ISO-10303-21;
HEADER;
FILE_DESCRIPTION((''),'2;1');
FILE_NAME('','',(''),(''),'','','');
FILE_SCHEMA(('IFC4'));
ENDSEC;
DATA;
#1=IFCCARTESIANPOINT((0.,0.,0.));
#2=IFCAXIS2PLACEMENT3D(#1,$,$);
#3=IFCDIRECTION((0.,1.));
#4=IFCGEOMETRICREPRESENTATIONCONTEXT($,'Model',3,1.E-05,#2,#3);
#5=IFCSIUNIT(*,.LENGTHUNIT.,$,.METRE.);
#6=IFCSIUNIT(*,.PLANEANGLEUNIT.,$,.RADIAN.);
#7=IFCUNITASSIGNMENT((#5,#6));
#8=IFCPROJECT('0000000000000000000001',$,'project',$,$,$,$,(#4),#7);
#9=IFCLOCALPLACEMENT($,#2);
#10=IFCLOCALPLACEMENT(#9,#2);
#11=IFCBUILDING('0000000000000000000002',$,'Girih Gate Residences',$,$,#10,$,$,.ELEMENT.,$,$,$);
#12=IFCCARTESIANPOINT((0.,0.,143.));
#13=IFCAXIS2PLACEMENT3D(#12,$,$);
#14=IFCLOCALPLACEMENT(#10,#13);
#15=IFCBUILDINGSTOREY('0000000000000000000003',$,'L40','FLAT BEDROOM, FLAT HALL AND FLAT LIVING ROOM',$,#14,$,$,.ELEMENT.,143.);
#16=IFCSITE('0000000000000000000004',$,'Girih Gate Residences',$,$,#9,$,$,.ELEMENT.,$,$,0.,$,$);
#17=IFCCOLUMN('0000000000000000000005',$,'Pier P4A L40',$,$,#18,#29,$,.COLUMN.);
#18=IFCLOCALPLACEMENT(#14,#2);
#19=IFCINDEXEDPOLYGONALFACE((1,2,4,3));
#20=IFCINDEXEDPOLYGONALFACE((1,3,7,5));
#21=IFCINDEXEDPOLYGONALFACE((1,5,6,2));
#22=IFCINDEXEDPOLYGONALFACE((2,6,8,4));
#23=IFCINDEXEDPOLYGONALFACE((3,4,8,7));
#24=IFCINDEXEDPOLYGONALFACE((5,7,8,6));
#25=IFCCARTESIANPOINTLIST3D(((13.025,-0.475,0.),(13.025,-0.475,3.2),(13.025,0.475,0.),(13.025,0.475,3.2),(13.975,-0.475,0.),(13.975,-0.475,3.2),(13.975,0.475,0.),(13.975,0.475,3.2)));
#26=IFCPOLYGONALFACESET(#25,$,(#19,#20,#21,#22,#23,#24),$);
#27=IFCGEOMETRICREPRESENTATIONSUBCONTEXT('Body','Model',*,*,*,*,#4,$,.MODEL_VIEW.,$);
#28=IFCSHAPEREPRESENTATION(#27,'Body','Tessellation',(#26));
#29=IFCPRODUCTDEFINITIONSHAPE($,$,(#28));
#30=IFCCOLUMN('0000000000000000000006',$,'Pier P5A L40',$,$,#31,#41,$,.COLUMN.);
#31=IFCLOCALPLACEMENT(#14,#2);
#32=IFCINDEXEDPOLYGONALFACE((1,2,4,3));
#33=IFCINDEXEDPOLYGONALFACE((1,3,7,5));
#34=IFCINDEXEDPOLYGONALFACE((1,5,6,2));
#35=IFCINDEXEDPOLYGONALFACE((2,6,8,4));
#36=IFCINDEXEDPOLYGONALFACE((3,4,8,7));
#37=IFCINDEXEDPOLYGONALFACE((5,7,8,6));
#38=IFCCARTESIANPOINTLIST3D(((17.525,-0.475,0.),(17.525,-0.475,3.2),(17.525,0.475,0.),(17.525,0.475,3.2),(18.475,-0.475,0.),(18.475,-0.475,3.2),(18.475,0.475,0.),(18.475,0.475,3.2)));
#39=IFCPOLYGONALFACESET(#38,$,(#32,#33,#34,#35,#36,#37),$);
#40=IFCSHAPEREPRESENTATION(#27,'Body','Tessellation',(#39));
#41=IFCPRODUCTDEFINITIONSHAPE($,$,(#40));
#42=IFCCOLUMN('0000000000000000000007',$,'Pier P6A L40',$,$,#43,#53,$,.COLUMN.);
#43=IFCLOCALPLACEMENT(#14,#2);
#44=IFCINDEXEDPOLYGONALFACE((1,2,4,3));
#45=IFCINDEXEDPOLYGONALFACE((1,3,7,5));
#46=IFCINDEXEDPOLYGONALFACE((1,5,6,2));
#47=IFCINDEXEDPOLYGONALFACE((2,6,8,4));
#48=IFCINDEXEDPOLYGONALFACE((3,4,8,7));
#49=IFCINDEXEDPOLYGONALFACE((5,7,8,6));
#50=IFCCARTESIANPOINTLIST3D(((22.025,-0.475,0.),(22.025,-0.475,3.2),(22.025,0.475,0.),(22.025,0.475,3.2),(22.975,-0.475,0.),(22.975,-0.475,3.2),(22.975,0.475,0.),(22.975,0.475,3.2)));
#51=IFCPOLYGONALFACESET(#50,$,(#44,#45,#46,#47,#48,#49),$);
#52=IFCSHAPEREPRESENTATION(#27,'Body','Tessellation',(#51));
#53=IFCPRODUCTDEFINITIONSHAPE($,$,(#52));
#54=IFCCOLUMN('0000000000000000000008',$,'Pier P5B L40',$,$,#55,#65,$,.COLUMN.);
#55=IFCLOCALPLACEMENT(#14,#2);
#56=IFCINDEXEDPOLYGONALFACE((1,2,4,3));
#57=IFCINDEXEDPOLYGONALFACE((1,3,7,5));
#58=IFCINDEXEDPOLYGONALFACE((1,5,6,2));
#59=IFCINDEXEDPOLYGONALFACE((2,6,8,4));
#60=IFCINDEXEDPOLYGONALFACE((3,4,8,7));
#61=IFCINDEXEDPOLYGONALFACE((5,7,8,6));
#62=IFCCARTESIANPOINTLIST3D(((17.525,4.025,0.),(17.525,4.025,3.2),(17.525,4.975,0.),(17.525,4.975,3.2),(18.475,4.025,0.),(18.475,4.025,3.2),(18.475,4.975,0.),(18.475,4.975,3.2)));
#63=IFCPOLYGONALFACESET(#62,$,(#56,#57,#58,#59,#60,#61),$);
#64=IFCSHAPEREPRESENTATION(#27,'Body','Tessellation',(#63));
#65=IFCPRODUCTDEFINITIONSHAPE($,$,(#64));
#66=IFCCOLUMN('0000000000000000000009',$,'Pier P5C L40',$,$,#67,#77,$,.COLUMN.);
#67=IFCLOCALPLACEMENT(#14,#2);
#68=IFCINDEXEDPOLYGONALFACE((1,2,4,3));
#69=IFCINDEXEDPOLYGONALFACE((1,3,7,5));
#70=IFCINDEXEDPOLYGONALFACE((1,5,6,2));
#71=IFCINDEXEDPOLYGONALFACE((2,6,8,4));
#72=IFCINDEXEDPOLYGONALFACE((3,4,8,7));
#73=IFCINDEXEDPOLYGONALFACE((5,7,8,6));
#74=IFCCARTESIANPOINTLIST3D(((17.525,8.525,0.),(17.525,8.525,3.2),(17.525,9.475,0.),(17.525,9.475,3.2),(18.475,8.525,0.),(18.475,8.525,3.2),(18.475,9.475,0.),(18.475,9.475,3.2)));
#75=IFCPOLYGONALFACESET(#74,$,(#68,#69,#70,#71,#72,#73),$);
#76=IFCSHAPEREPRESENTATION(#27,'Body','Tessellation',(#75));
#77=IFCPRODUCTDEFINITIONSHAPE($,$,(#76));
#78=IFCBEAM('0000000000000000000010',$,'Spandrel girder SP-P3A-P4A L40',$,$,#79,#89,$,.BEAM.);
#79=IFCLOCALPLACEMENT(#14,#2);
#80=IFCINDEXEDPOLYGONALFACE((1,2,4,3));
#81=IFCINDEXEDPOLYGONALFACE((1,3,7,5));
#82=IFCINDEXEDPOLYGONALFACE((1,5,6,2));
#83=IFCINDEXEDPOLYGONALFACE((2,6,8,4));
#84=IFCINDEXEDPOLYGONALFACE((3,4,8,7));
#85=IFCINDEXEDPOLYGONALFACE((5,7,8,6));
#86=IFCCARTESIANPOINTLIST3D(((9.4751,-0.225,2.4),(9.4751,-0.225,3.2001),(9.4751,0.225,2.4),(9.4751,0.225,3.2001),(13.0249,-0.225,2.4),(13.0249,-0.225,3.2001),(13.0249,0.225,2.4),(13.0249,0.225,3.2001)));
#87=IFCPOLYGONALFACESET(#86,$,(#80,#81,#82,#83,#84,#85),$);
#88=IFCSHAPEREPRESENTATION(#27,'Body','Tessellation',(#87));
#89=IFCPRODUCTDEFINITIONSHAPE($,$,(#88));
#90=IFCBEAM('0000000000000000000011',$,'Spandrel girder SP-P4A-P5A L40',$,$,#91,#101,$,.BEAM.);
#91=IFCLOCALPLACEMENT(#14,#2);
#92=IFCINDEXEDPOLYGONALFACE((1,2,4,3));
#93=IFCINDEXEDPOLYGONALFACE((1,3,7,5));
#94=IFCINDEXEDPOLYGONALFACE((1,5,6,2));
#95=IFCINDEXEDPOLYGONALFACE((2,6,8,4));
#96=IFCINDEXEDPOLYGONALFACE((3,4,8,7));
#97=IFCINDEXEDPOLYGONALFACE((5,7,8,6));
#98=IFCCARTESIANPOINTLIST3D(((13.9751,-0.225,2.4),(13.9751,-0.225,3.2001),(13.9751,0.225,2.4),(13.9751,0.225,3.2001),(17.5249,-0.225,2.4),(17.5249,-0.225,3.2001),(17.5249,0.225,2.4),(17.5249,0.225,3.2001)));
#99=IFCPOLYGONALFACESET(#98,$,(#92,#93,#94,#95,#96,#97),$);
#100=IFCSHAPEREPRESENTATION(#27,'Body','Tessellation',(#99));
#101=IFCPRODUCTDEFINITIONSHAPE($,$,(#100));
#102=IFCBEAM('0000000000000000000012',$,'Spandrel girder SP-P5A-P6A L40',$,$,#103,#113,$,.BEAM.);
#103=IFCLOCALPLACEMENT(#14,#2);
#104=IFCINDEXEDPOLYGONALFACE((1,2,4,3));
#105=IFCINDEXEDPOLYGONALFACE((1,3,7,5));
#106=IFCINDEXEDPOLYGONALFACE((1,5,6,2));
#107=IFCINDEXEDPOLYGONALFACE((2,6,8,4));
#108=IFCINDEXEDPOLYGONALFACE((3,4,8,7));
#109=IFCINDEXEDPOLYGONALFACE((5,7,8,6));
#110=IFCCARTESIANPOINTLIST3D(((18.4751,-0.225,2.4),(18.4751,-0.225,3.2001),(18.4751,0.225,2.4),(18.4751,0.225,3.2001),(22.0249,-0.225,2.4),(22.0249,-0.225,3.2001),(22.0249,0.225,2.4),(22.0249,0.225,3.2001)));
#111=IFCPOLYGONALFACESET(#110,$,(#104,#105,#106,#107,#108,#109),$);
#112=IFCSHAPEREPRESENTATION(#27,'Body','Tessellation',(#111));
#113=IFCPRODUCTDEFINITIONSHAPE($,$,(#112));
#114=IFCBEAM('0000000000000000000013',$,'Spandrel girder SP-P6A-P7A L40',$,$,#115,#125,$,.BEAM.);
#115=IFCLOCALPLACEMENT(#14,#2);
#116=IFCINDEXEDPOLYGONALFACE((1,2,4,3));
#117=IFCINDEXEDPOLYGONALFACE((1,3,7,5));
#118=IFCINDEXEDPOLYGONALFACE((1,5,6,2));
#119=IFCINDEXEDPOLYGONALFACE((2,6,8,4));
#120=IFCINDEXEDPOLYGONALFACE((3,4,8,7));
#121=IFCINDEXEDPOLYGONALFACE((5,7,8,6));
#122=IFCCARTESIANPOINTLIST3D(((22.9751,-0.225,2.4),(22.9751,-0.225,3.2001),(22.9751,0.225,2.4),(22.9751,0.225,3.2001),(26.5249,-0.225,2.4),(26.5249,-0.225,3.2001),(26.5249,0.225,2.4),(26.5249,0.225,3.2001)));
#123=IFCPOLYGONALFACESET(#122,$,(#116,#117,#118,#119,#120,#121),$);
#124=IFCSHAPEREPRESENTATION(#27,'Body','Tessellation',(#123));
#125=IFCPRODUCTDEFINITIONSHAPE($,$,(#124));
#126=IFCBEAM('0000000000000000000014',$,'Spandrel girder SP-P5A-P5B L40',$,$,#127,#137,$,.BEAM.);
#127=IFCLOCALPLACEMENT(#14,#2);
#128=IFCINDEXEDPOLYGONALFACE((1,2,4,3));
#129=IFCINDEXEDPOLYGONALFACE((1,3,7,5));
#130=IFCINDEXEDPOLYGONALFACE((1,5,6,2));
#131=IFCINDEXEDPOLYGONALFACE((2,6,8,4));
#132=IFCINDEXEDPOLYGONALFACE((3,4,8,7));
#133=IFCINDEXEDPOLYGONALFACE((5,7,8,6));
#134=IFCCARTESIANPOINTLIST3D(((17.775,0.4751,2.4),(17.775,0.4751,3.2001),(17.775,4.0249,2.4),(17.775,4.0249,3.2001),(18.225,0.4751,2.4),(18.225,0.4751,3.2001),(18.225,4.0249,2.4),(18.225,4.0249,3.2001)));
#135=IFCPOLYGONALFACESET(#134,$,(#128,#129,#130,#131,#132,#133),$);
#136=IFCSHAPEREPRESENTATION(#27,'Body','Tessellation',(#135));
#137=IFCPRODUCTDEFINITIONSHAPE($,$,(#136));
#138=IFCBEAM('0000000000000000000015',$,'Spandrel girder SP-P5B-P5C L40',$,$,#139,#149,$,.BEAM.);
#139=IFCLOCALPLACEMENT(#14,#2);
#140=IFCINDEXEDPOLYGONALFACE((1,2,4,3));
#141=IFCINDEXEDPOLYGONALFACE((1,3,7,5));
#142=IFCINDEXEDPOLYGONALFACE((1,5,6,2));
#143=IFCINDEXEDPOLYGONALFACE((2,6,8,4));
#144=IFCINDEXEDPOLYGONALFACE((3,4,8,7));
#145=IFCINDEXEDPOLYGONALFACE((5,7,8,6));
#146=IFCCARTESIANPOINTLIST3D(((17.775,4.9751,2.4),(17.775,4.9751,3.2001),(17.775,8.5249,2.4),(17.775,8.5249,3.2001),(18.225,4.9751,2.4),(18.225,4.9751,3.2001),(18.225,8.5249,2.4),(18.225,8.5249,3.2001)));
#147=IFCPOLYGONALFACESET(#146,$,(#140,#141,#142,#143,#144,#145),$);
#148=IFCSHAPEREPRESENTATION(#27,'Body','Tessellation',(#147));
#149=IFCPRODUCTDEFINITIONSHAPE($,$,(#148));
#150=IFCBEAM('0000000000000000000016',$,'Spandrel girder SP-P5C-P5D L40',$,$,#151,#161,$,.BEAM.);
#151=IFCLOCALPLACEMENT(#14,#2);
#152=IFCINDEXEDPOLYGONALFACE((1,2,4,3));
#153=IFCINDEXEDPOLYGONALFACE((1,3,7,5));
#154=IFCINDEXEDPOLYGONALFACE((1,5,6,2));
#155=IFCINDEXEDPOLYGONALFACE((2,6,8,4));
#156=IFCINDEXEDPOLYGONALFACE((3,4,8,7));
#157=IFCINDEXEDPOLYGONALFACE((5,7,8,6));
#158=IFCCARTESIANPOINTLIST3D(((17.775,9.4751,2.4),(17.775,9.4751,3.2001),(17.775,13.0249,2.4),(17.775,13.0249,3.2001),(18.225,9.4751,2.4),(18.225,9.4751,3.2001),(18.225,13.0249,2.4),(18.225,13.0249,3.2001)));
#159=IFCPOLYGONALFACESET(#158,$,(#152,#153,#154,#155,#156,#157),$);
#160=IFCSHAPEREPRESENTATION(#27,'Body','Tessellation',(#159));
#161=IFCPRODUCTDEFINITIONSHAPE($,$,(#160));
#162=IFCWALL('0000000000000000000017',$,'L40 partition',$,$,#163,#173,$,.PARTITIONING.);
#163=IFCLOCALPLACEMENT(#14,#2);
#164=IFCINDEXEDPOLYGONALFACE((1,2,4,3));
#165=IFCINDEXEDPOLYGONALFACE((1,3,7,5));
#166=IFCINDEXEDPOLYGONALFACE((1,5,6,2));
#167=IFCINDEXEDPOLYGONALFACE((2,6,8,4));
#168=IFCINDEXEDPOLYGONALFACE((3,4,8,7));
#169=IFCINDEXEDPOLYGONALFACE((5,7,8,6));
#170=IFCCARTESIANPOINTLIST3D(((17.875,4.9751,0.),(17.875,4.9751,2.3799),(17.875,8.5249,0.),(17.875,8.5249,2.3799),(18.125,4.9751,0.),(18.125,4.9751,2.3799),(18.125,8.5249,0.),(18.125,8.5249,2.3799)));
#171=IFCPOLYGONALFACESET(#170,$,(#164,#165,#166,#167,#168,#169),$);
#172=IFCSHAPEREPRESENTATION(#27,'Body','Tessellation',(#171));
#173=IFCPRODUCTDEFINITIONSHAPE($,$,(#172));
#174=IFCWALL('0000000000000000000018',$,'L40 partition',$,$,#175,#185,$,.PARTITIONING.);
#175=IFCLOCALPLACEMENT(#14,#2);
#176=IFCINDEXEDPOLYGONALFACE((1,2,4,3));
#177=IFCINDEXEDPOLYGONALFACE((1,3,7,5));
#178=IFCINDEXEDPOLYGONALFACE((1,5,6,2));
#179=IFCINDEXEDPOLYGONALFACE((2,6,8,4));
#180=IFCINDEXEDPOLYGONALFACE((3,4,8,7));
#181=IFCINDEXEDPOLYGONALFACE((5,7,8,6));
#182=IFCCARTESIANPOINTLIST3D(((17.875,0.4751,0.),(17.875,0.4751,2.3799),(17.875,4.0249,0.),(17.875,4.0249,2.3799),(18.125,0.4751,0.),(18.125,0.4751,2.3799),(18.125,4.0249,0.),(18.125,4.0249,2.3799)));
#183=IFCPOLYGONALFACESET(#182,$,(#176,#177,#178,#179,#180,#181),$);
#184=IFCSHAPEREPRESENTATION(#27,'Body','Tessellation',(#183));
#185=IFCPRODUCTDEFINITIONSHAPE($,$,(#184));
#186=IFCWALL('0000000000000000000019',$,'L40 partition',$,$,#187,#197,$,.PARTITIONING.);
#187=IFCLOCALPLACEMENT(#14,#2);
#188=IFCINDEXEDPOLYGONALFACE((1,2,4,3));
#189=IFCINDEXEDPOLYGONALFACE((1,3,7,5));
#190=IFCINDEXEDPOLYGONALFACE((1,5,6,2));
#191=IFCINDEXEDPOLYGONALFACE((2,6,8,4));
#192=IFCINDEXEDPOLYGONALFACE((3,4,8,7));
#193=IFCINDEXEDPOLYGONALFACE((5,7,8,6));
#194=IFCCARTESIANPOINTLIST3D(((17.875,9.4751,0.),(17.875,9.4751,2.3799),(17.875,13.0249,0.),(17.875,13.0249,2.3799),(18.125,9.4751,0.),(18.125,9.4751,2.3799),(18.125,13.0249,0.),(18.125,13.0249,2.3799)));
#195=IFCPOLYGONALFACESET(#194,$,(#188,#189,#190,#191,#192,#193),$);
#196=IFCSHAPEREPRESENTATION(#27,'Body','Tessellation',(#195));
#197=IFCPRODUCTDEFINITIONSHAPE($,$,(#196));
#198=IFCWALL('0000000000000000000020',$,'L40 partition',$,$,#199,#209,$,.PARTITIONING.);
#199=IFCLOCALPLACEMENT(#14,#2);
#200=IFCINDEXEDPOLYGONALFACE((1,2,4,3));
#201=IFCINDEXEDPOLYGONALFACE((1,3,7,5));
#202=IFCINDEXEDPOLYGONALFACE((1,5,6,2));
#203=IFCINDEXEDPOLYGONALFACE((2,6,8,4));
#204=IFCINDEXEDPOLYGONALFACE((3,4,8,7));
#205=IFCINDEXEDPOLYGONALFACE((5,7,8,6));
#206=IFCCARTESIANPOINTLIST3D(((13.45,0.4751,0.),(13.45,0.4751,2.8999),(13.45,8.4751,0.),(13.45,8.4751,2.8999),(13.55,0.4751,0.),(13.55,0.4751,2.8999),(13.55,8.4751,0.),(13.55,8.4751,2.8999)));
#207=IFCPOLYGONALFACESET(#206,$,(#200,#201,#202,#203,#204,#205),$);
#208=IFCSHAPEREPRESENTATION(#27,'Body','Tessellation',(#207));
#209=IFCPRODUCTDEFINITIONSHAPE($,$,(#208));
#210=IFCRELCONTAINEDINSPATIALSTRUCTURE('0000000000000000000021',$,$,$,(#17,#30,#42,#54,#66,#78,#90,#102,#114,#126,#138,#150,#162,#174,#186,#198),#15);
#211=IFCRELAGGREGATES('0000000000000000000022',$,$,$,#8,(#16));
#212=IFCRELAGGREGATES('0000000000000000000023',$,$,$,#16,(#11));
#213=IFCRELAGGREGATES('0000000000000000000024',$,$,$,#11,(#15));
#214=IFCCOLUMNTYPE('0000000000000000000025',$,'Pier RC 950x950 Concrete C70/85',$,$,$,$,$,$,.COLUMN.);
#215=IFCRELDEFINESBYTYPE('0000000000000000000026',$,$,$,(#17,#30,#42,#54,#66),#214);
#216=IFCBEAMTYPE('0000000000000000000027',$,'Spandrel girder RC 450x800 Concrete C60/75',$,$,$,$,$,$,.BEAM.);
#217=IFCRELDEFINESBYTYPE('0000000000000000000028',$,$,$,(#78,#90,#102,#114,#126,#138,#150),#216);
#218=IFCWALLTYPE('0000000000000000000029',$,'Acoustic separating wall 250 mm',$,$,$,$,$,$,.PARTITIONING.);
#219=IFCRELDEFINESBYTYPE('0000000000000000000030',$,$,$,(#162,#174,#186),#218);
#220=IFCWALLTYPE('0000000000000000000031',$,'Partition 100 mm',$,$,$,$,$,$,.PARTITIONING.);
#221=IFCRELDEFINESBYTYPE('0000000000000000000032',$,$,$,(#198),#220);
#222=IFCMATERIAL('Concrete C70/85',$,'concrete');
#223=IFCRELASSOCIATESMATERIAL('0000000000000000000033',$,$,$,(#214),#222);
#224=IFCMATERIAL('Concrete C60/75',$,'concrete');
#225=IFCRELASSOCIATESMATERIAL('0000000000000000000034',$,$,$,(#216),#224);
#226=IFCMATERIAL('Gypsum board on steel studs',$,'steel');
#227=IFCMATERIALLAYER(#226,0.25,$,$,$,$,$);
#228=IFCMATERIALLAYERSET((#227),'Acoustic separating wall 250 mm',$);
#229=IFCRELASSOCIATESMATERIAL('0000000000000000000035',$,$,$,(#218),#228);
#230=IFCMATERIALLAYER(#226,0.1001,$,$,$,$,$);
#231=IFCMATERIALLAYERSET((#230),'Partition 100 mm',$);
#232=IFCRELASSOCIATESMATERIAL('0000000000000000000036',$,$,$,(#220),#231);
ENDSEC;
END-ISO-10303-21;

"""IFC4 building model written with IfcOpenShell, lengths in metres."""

from ifc_helpers import new_model, si_unit, direction, frame, frame_2d, origin, origin_2d, place, context, subcontext, project, spatial, rectangle, extrude, material, layer, layer_set, material_profile, profile_set, type_object, element, save


model = new_model("IFC4")

# Units and contexts
model_context = context("Model", 3, precision=1e-05, world=origin(), true_north=direction((0.0, 1.0)))
body_context = subcontext(model_context, "Body", "Model", "MODEL_VIEW")
ifc_project = project(units=[si_unit("LENGTHUNIT", "METRE"), si_unit("PLANEANGLEUNIT", "RADIAN")], contexts=[model_context])

# Site, building, storey
site_placement = place(None, origin())
site = spatial("IfcSite", under=ifc_project, at=site_placement, Name="Girih Gate Residences", CompositionType="ELEMENT", RefElevation=0.0)
building_placement = place(site_placement, origin())
building = spatial("IfcBuilding", under=site, at=building_placement, Name="Girih Gate Residences", CompositionType="ELEMENT")
storey_placement = place(building_placement, frame((0.0, 0.0, 143.0)))
storey = spatial("IfcBuildingStorey", under=building, at=storey_placement, Name="L40", Description="FLAT BEDROOM, FLAT HALL AND FLAT LIVING ROOM", CompositionType="ELEMENT", Elevation=143.0)

# Columns
ifc_material_1 = material(Name="Concrete C70/85", Category="concrete")
ifc_material_profile_1 = material_profile(ifc_material_1, rectangle(XDim=0.95, YDim=0.95, at=origin_2d()))
ifc_profile_set_1 = profile_set([ifc_material_profile_1], Name="Concrete C70/85")
column_type = type_object("IfcColumnType", Name="Pier RC 950x950 Concrete C70/85", PredefinedType="COLUMN", material=ifc_profile_set_1)
for number, where, z_axis, x_axis, name in (
    (1, (13.5, 0.0, 0.0), (0.0, 0.0, 1.0), (1.0, 0.0, 0.0), "Pier P4A L40"),
    (2, (18.0, 0.0, 0.0), (0.0, 0.0, 1.0), (1.0, 0.0, 0.0), "Pier P5A L40"),
    (3, (22.5, 0.0, 0.0), (0.0, 0.0, 1.0), (1.0, 0.0, 0.0), "Pier P6A L40"),
    (4, (18.0, 4.5, 0.0), (0.0, 0.0, 1.0), (1.0, 0.0, 0.0), "Pier P5B L40"),
    (5, (18.0, 9.0, 0.0), (0.0, 0.0, 1.0), (1.0, 0.0, 0.0), "Pier P5C L40"),
):
    element("IfcColumn", number, at=place(storey_placement, frame(where, z_axis=z_axis, x_axis=x_axis)), inside=storey, type_object=column_type, Name=name, PredefinedType="COLUMN", context=body_context, shape_type="SweptSolid", body=[
        extrude(rectangle(XDim=0.95, YDim=0.95, at=origin_2d()), origin(), (0.0, 0.0, 1.0), 3.2),
    ])

# Beams
ifc_material_2 = material(Name="Concrete C60/75", Category="concrete")
ifc_material_profile_2 = material_profile(ifc_material_2, rectangle(XDim=0.45, YDim=0.8, at=origin_2d()))
ifc_profile_set_2 = profile_set([ifc_material_profile_2], Name="Concrete C60/75")
beam_type = type_object("IfcBeamType", Name="Spandrel girder RC 450x800 Concrete C60/75", PredefinedType="BEAM", material=ifc_profile_set_2)
for number, where, z_axis, x_axis, name in (
    (6, (9.4751, 0.0, 2.8), (1.0, 0.0, 0.0), (0.0, 1.0, 0.0), "Spandrel girder SP-P3A-P4A L40"),
    (7, (13.9751, 0.0, 2.8), (1.0, 0.0, 0.0), (0.0, 1.0, 0.0), "Spandrel girder SP-P4A-P5A L40"),
    (8, (18.4751, 0.0, 2.8), (1.0, 0.0, 0.0), (0.0, 1.0, 0.0), "Spandrel girder SP-P5A-P6A L40"),
    (9, (22.9751, 0.0, 2.8), (1.0, 0.0, 0.0), (0.0, 1.0, 0.0), "Spandrel girder SP-P6A-P7A L40"),
    (10, (18.0, 0.4751, 2.8), (0.0, 1.0, 0.0), (-1.0, 0.0, 0.0), "Spandrel girder SP-P5A-P5B L40"),
    (11, (18.0, 4.9751, 2.8), (0.0, 1.0, 0.0), (-1.0, 0.0, 0.0), "Spandrel girder SP-P5B-P5C L40"),
    (12, (18.0, 9.4751, 2.8), (0.0, 1.0, 0.0), (-1.0, 0.0, 0.0), "Spandrel girder SP-P5C-P5D L40"),
):
    element("IfcBeam", number, at=place(storey_placement, frame(where, z_axis=z_axis, x_axis=x_axis)), inside=storey, type_object=beam_type, Name=name, PredefinedType="BEAM", context=body_context, shape_type="SweptSolid", body=[
        extrude(rectangle(XDim=0.45, YDim=0.8, at=origin_2d()), origin(), (0.0, 0.0, 1.0), 3.5498),
    ])

# Walls
ifc_material_3 = material(Name="Gypsum board on steel studs", Category="steel")
ifc_layer_1 = layer(ifc_material_3, 0.25)
ifc_layer_set_1 = layer_set([ifc_layer_1], Name="Acoustic separating wall 250 mm")
wall_type_1 = type_object("IfcWallType", Name="Acoustic separating wall 250 mm", PredefinedType="PARTITIONING", material=ifc_layer_set_1)
for number, where, z_axis, x_axis, name in (
    (13, (18.0, 4.9751, 0.0), (0.0, 0.0, 1.0), (0.0, 1.0, 0.0), "L40 partition"),
    (14, (18.0, 0.4751, 0.0), (0.0, 0.0, 1.0), (0.0, 1.0, 0.0), "L40 partition"),
    (15, (18.0, 9.4751, 0.0), (0.0, 0.0, 1.0), (0.0, 1.0, 0.0), "L40 partition"),
):
    element("IfcWall", number, at=place(storey_placement, frame(where, z_axis=z_axis, x_axis=x_axis)), inside=storey, type_object=wall_type_1, Name=name, PredefinedType="PARTITIONING", context=body_context, shape_type="SweptSolid", body=[
        extrude(rectangle(XDim=3.5498, YDim=0.25, at=frame_2d((1.7749, 0.0))), origin(), (0.0, 0.0, 1.0), 2.3799),
    ])
ifc_layer_2 = layer(ifc_material_3, 0.1001)
ifc_layer_set_2 = layer_set([ifc_layer_2], Name="Partition 100 mm")
wall_type_2 = type_object("IfcWallType", Name="Partition 100 mm", PredefinedType="PARTITIONING", material=ifc_layer_set_2)
wall_1_placement = place(storey_placement, frame((13.5, 0.4751, 0.0), z_axis=(0.0, 0.0, 1.0), x_axis=(0.0, 1.0, 0.0)))
element("IfcWall", 16, at=wall_1_placement, inside=storey, type_object=wall_type_2, Name="L40 partition", PredefinedType="PARTITIONING", context=body_context, shape_type="SweptSolid", body=[
    extrude(rectangle(XDim=8.0, YDim=0.1001, at=frame_2d((4.0, 0.0))), origin(), (0.0, 0.0, 1.0), 2.8999),
])

save(model, "model.ifc")
